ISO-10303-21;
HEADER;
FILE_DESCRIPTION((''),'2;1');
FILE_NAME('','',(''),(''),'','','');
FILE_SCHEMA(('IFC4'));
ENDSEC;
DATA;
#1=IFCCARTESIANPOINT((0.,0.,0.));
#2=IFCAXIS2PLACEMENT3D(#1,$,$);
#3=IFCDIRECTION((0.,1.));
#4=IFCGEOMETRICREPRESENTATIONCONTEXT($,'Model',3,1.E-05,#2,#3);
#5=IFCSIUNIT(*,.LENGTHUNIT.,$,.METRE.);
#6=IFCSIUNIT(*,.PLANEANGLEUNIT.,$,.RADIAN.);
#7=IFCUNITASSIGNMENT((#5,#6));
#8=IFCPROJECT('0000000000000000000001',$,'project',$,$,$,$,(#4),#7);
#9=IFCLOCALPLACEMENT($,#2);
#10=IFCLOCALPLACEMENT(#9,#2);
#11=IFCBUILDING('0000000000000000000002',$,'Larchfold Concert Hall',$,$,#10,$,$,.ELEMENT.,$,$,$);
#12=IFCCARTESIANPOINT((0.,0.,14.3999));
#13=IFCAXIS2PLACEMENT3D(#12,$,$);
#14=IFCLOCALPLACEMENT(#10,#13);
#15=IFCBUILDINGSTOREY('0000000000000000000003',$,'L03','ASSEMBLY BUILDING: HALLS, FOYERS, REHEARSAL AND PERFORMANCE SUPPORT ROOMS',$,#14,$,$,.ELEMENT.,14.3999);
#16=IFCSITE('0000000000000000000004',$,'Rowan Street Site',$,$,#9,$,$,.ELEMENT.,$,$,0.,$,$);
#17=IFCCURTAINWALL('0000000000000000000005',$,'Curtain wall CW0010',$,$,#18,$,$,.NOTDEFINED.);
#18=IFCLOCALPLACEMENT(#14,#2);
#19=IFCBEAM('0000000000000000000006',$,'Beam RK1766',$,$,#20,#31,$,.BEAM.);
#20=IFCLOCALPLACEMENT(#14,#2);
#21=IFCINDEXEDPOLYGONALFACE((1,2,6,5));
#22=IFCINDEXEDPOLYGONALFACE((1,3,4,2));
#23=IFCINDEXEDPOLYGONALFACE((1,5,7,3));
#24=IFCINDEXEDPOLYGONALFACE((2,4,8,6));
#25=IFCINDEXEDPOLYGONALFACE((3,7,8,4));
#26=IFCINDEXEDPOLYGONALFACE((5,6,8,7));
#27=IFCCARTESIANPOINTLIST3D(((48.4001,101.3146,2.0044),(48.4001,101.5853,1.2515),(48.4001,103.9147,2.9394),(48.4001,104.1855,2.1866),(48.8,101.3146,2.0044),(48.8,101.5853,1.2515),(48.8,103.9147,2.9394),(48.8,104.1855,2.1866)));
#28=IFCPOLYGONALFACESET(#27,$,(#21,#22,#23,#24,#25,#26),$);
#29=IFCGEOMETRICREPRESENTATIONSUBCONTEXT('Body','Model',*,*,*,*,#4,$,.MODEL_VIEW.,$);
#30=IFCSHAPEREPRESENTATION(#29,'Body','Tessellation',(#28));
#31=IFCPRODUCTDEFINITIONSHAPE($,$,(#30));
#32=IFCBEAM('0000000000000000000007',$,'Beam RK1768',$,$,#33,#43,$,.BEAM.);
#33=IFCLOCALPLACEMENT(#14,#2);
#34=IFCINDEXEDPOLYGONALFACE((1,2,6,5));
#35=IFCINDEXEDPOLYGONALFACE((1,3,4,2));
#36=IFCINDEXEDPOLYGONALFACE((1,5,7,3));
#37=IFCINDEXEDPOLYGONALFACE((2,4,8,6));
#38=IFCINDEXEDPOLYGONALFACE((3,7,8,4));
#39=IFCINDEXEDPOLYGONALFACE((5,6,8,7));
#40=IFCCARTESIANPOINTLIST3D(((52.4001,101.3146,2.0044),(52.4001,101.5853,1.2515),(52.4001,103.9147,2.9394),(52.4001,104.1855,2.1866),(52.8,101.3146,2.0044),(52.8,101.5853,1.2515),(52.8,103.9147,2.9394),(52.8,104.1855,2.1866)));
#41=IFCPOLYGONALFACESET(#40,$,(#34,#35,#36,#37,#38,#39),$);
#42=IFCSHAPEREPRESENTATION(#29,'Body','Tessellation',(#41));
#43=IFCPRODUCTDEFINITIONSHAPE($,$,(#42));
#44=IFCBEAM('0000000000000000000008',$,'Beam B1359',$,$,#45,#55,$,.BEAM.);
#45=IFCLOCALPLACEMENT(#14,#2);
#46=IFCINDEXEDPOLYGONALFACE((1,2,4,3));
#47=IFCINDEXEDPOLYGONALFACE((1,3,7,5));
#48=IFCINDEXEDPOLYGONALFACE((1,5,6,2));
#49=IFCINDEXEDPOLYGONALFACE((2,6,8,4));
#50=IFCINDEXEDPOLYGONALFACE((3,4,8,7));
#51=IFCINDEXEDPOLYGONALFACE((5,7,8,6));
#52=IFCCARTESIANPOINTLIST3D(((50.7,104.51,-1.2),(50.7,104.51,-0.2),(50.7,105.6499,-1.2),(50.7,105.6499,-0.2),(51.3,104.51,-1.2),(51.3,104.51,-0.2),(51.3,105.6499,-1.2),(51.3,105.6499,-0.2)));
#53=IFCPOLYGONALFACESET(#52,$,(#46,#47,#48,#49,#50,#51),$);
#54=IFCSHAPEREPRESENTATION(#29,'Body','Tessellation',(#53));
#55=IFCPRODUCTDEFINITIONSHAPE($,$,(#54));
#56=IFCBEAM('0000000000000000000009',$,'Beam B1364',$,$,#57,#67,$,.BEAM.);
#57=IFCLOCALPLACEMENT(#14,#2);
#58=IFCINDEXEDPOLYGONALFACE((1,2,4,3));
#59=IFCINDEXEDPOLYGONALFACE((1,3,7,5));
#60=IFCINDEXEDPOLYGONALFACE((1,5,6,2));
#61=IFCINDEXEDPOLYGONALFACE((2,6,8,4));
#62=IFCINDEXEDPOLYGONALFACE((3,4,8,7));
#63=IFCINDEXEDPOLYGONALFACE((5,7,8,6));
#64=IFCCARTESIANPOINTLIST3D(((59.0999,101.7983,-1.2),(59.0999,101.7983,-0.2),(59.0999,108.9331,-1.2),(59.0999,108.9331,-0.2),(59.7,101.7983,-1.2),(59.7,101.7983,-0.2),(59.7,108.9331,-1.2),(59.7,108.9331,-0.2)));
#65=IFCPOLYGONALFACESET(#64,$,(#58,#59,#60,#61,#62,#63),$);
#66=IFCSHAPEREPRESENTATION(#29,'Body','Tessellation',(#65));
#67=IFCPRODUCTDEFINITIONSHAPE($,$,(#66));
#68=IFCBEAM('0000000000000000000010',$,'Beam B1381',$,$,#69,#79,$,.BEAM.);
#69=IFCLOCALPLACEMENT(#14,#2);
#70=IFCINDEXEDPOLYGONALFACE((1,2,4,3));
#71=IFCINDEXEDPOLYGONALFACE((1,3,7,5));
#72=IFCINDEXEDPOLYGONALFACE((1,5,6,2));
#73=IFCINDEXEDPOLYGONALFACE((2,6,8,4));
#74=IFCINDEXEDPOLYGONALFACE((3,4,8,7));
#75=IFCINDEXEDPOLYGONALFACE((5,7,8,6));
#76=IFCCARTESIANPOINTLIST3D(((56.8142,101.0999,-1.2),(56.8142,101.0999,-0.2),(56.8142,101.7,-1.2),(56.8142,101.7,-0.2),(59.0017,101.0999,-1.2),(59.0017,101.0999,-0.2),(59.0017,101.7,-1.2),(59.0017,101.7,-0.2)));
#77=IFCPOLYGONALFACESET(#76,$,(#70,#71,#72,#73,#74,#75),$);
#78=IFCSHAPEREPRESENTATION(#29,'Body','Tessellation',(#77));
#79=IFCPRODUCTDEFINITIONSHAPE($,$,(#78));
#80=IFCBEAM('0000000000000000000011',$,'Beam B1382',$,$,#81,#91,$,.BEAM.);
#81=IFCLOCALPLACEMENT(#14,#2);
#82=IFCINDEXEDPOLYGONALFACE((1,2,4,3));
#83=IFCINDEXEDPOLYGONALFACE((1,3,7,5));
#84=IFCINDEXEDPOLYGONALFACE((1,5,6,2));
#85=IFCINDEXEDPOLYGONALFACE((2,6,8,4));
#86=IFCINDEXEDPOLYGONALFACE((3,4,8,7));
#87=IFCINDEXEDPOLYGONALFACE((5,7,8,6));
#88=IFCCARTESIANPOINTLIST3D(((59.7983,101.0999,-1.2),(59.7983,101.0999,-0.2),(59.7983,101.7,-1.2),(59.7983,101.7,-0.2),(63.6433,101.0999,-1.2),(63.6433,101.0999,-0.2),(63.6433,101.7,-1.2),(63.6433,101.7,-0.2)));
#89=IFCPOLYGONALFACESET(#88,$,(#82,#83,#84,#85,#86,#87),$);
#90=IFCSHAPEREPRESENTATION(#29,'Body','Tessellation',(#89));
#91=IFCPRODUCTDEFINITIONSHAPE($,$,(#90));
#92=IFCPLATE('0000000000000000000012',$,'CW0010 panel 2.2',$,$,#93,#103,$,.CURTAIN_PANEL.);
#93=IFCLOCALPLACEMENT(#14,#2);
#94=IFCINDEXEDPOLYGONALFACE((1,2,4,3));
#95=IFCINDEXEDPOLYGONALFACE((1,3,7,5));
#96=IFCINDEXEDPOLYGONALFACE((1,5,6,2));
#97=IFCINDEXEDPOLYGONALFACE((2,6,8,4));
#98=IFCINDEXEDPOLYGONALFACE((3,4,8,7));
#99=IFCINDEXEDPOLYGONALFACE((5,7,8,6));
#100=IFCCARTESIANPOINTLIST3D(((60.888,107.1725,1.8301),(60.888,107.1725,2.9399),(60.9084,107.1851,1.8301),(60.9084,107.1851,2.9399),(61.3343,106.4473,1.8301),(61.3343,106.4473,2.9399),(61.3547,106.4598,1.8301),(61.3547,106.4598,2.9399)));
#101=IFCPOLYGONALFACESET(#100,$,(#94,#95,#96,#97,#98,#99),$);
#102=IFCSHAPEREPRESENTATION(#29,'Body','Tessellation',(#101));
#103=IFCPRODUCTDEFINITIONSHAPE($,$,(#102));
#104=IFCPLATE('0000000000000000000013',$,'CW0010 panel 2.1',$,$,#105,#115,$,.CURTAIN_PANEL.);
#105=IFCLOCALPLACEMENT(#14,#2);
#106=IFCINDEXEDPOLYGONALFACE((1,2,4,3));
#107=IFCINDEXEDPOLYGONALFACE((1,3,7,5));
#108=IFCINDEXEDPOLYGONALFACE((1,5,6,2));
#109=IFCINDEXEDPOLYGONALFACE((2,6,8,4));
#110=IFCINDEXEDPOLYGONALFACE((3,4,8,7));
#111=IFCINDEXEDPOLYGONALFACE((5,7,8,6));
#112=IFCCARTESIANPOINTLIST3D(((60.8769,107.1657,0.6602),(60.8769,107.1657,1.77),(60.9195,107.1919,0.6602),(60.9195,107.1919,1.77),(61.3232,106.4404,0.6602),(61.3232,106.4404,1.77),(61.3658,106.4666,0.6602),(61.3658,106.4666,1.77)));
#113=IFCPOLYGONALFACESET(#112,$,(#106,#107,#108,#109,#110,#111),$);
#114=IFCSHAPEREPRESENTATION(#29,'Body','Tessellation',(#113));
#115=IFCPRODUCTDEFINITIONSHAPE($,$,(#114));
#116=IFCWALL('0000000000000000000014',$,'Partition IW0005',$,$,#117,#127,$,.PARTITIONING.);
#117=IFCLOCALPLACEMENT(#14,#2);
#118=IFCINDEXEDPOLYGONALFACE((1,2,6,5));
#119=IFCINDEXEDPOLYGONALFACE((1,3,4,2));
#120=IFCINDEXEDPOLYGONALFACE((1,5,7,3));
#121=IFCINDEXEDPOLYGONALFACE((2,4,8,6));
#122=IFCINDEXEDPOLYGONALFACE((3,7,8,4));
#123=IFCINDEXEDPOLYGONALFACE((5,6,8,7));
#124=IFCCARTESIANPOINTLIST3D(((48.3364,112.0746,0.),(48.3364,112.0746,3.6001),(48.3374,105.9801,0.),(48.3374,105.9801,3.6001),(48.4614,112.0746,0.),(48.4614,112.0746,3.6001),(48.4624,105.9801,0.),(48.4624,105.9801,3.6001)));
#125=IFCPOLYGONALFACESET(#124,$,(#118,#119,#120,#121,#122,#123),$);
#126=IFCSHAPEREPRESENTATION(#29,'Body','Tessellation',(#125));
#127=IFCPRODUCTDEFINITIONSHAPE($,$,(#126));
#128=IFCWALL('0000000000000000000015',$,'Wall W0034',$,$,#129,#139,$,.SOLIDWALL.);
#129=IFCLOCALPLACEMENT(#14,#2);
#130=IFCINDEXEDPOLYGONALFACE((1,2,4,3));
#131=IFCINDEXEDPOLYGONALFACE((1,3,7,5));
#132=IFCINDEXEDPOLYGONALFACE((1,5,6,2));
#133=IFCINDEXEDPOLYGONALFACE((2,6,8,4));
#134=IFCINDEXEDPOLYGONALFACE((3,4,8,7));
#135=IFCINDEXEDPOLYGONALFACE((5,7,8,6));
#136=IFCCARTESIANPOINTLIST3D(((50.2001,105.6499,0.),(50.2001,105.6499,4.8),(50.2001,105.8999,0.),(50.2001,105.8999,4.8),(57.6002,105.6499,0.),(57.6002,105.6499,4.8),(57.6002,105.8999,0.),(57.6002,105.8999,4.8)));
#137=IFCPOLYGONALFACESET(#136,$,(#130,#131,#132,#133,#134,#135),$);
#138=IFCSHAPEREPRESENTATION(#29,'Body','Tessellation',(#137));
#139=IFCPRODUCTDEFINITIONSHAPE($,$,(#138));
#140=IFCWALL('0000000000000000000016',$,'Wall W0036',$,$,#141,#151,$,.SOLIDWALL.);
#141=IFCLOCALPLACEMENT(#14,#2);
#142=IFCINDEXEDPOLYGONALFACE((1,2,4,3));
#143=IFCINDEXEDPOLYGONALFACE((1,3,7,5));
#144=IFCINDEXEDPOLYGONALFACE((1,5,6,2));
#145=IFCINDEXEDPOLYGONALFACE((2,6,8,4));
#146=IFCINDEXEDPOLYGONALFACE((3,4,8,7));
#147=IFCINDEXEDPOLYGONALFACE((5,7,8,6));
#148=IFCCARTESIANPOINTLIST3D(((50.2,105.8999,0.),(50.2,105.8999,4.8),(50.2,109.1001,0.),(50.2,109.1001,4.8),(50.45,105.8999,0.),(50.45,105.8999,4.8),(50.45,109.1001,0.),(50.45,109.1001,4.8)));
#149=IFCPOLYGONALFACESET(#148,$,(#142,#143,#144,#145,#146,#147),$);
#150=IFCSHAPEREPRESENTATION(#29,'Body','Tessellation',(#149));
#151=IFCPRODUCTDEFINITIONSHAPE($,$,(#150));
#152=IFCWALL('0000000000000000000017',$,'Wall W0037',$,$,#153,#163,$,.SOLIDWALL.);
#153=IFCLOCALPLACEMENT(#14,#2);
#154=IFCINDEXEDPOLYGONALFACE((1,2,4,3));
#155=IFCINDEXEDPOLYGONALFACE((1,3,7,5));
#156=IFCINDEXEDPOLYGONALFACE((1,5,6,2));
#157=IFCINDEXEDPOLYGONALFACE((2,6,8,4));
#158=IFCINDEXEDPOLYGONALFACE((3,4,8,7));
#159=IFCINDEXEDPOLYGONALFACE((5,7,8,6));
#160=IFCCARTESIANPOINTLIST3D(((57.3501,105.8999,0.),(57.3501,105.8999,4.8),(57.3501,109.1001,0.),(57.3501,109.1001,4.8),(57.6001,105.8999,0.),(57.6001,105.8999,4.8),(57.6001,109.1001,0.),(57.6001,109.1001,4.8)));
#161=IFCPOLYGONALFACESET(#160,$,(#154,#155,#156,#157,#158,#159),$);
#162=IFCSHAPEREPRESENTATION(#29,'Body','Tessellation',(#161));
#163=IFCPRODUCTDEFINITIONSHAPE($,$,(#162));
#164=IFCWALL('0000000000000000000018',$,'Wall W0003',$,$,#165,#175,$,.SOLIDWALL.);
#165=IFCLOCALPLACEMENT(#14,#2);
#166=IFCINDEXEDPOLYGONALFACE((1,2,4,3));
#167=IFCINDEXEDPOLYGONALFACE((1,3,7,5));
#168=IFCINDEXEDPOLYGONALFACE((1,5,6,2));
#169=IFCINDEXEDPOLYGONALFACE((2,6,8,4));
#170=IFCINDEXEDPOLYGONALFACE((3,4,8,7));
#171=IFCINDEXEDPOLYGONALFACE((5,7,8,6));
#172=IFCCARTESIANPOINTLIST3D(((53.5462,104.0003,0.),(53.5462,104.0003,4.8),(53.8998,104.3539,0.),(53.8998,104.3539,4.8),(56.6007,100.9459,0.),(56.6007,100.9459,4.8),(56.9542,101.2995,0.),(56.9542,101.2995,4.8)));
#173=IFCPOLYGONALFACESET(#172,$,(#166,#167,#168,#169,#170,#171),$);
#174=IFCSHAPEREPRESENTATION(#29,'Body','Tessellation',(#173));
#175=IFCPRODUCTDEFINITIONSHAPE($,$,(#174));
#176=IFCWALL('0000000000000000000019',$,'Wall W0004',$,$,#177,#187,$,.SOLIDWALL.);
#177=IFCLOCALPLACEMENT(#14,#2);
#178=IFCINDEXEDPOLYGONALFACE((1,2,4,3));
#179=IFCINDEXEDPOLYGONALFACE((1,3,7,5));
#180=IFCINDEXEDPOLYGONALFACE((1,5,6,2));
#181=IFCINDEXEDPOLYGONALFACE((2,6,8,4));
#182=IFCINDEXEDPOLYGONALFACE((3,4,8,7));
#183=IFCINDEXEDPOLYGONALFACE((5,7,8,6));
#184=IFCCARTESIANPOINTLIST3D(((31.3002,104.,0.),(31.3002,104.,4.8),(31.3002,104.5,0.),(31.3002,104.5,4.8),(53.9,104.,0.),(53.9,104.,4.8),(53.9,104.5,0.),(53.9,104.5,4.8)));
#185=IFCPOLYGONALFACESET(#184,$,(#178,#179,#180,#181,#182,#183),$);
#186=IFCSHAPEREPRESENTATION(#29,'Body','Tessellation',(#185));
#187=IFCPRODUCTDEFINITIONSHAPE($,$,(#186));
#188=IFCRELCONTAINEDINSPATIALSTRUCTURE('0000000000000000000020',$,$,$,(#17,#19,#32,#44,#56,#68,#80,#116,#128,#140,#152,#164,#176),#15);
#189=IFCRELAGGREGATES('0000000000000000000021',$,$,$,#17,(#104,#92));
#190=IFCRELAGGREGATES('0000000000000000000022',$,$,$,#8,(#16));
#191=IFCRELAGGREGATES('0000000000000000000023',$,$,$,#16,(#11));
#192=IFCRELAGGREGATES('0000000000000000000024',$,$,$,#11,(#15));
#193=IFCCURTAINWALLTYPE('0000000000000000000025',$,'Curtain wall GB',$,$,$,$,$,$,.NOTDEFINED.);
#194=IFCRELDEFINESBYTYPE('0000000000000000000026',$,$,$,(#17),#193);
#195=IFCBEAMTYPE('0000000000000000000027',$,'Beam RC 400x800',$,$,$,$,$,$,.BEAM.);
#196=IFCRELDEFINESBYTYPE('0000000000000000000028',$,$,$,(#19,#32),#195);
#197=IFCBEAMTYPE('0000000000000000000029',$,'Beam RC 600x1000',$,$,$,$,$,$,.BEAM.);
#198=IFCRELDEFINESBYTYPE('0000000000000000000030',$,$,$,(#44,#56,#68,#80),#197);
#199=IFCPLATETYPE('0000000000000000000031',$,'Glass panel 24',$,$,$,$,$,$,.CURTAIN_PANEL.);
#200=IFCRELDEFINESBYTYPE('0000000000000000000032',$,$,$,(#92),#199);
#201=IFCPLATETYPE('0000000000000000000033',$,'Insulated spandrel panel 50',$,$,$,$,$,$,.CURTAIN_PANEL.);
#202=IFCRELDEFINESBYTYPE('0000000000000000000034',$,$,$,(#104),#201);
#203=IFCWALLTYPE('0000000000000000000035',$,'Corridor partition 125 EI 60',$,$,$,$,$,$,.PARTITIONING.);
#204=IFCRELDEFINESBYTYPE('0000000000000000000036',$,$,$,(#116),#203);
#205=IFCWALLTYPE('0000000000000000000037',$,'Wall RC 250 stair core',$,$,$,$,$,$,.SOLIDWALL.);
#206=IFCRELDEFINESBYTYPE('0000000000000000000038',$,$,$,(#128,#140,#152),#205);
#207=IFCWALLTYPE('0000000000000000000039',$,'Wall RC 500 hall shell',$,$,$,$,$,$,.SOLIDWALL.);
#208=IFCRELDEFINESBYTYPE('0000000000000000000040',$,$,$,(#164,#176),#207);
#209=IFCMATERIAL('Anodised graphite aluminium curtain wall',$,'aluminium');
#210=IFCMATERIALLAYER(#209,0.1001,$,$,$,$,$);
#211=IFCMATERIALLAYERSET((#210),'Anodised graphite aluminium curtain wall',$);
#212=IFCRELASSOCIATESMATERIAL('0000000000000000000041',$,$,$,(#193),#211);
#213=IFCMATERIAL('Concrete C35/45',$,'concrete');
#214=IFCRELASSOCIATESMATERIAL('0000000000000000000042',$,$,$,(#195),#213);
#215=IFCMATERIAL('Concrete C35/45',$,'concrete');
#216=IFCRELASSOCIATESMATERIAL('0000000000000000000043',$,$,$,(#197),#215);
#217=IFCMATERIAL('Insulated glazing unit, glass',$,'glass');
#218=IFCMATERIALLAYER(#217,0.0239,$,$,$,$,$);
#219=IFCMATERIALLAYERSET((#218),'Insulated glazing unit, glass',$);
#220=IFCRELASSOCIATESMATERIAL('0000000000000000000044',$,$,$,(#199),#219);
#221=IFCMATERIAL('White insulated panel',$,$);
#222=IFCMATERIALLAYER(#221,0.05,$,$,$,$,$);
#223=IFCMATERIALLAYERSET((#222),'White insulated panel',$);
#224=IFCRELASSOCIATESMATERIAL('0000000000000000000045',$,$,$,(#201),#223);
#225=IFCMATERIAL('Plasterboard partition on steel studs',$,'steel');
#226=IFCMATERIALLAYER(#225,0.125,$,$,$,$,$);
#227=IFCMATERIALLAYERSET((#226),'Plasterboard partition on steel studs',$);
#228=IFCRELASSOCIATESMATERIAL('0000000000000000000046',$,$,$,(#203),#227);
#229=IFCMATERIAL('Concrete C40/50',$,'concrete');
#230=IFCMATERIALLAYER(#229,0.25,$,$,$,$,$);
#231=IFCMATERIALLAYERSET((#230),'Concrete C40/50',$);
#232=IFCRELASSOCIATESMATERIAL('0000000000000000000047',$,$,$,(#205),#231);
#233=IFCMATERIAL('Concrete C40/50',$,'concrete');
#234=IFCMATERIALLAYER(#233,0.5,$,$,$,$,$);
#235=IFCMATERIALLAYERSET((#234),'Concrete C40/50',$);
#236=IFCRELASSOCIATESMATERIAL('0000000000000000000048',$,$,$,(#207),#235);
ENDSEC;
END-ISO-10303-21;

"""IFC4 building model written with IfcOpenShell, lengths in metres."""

from ifc_helpers import new_model, si_unit, direction, frame, frame_2d, origin, origin_2d, place, context, subcontext, project, spatial, rectangle, extrude, material, layer, layer_set, material_profile, profile_set, type_object, element, aggregate, save


model = new_model("IFC4")

# Units and contexts
model_context = context("Model", 3, precision=1e-05, world=origin(), true_north=direction((0.0, 1.0)))
body_context = subcontext(model_context, "Body", "Model", "MODEL_VIEW")
ifc_project = project(units=[si_unit("LENGTHUNIT", "METRE"), si_unit("PLANEANGLEUNIT", "RADIAN")], contexts=[model_context])

# Site, building, storey
site_placement = place(None, origin())
site = spatial("IfcSite", under=ifc_project, at=site_placement, Name="Rowan Street Site", CompositionType="ELEMENT", RefElevation=0.0)
building_placement = place(site_placement, origin())
building = spatial("IfcBuilding", under=site, at=building_placement, Name="Larchfold Concert Hall", CompositionType="ELEMENT")
storey_placement = place(building_placement, frame((0.0, 0.0, 14.3999)))
storey = spatial("IfcBuildingStorey", under=building, at=storey_placement, Name="L03", Description="ASSEMBLY BUILDING: HALLS, FOYERS, REHEARSAL AND PERFORMANCE SUPPORT ROOMS", CompositionType="ELEMENT", Elevation=14.3999)

# Curtain wall
ifc_material_1 = material(Name="Anodised graphite aluminium curtain wall", Category="aluminium")
ifc_layer_1 = layer(ifc_material_1, 0.1001)
ifc_layer_set_1 = layer_set([ifc_layer_1], Name="Anodised graphite aluminium curtain wall")
curtain_wall_type = type_object("IfcCurtainWallType", Name="Curtain wall GB", PredefinedType="NOTDEFINED", material=ifc_layer_set_1)
curtain_wall_placement = place(storey_placement, origin())
curtain_wall = element("IfcCurtainWall", 1, at=curtain_wall_placement, inside=storey, type_object=curtain_wall_type, Name="Curtain wall CW0010", PredefinedType="NOTDEFINED")

# Beams
ifc_material_2 = material(Name="Concrete C35/45", Category="concrete")
ifc_material_profile_1 = material_profile(ifc_material_2, rectangle(XDim=0.3999, YDim=0.8, at=origin_2d()))
ifc_profile_set_1 = profile_set([ifc_material_profile_1], Name="Concrete C35/45")
beam_type_1 = type_object("IfcBeamType", Name="Beam RC 400x800", PredefinedType="BEAM", material=ifc_profile_set_1)
for number, where, z_axis, x_axis, name in (
    (2, (48.6001, 101.45, 1.6279), (0.0, 0.941, 0.338407), (-1.0, 0.0, 0.0), "Beam RK1766"),
    (3, (52.6001, 101.45, 1.6279), (0.0, 0.941, 0.338407), (-1.0, 0.0, 0.0), "Beam RK1768"),
):
    element("IfcBeam", number, at=place(storey_placement, frame(where, z_axis=z_axis, x_axis=x_axis)), inside=storey, type_object=beam_type_1, Name=name, PredefinedType="BEAM", context=body_context, shape_type="SweptSolid", body=[
        extrude(rectangle(XDim=0.3999, YDim=0.8, at=origin_2d()), origin(), (0.0, 0.0, 1.0), 2.7632),
    ])
ifc_material_3 = material(Name="Concrete C35/45", Category="concrete")
ifc_material_profile_2 = material_profile(ifc_material_3, rectangle(XDim=0.6001, YDim=1.0, at=origin_2d()))
ifc_profile_set_2 = profile_set([ifc_material_profile_2], Name="Concrete C35/45")
beam_type_2 = type_object("IfcBeamType", Name="Beam RC 600x1000", PredefinedType="BEAM", material=ifc_profile_set_2)
beam_1_placement = place(storey_placement, frame((51.0, 104.51, -0.7), z_axis=(0.0, 1.0, 0.0), x_axis=(-1.0, 0.0, 0.0)))
element("IfcBeam", 4, at=beam_1_placement, inside=storey, type_object=beam_type_2, Name="Beam B1359", PredefinedType="BEAM", context=body_context, shape_type="SweptSolid", body=[
    extrude(rectangle(XDim=0.6001, YDim=1.0, at=origin_2d()), origin(), (0.0, 0.0, 1.0), 1.1399),
])
beam_2_placement = place(storey_placement, frame((59.3999, 101.7983, -0.7), z_axis=(0.0, 1.0, 0.0), x_axis=(-1.0, 0.0, 0.0)))
element("IfcBeam", 5, at=beam_2_placement, inside=storey, type_object=beam_type_2, Name="Beam B1364", PredefinedType="BEAM", context=body_context, shape_type="SweptSolid", body=[
    extrude(rectangle(XDim=0.6001, YDim=1.0, at=origin_2d()), origin(), (0.0, 0.0, 1.0), 7.1348),
])
beam_3_placement = place(storey_placement, frame((56.8142, 101.3999, -0.7), z_axis=(1.0, 0.0, 0.0), x_axis=(0.0, 1.0, 0.0)))
element("IfcBeam", 6, at=beam_3_placement, inside=storey, type_object=beam_type_2, Name="Beam B1381", PredefinedType="BEAM", context=body_context, shape_type="SweptSolid", body=[
    extrude(rectangle(XDim=0.6001, YDim=1.0, at=origin_2d()), origin(), (0.0, 0.0, 1.0), 2.1875),
])
beam_4_placement = place(storey_placement, frame((59.7983, 101.3999, -0.7), z_axis=(1.0, 0.0, 0.0), x_axis=(0.0, 1.0, 0.0)))
element("IfcBeam", 7, at=beam_4_placement, inside=storey, type_object=beam_type_2, Name="Beam B1382", PredefinedType="BEAM", context=body_context, shape_type="SweptSolid", body=[
    extrude(rectangle(XDim=0.6001, YDim=1.0, at=origin_2d()), origin(), (0.0, 0.0, 1.0), 3.845),
])

# Plates
ifc_material_4 = material(Name="Insulated glazing unit, glass", Category="glass")
ifc_layer_2 = layer(ifc_material_4, 0.0239)
ifc_layer_set_2 = layer_set([ifc_layer_2], Name="Insulated glazing unit, glass")
plate_type_1 = type_object("IfcPlateType", Name="Glass panel 24", PredefinedType="CURTAIN_PANEL", material=ifc_layer_set_2)
plate_1_placement = place(storey_placement, frame((61.1213, 106.8162, 1.8301), z_axis=(0.0, 0.0, 1.0), x_axis=(-0.524054, 0.851685, 0.0)))
plate_1 = element("IfcPlate", 8, at=plate_1_placement, type_object=plate_type_1, Name="CW0010 panel 2.2", PredefinedType="CURTAIN_PANEL", context=body_context, shape_type="SweptSolid", body=[
    extrude(rectangle(XDim=0.8516, YDim=0.0239, at=origin_2d()), origin(), (0.0, 0.0, 1.0), 1.1099),
])
ifc_material_5 = material(Name="White insulated panel")
ifc_layer_3 = layer(ifc_material_5, 0.05)
ifc_layer_set_3 = layer_set([ifc_layer_3], Name="White insulated panel")
plate_type_2 = type_object("IfcPlateType", Name="Insulated spandrel panel 50", PredefinedType="CURTAIN_PANEL", material=ifc_layer_set_3)
plate_2_placement = place(storey_placement, frame((61.1213, 106.8162, 0.6602), z_axis=(0.0, 0.0, 1.0), x_axis=(-0.524054, 0.851685, 0.0)))
plate_2 = element("IfcPlate", 9, at=plate_2_placement, type_object=plate_type_2, Name="CW0010 panel 2.1", PredefinedType="CURTAIN_PANEL", context=body_context, shape_type="SweptSolid", body=[
    extrude(rectangle(XDim=0.8516, YDim=0.05, at=origin_2d()), origin(), (0.0, 0.0, 1.0), 1.1099),
])
aggregate(curtain_wall, [plate_2, plate_1])

# Walls
ifc_material_6 = material(Name="Plasterboard partition on steel studs", Category="steel")
ifc_layer_4 = layer(ifc_material_6, 0.125)
ifc_layer_set_4 = layer_set([ifc_layer_4], Name="Plasterboard partition on steel studs")
wall_type_1 = type_object("IfcWallType", Name="Corridor partition 125 EI 60", PredefinedType="PARTITIONING", material=ifc_layer_set_4)
wall_1_placement = place(storey_placement, frame((48.3999, 105.98, 0.0), z_axis=(0.0, 0.0, 1.0), x_axis=(-0.00016, 1.0, 0.0)))
element("IfcWall", 10, at=wall_1_placement, inside=storey, type_object=wall_type_1, Name="Partition IW0005", PredefinedType="PARTITIONING", context=body_context, shape_type="SweptSolid", body=[
    extrude(rectangle(XDim=6.0945, YDim=0.125, at=frame_2d((3.0474, 0.0))), origin(), (0.0, 0.0, 1.0), 3.6001),
])
ifc_material_7 = material(Name="Concrete C40/50", Category="concrete")
ifc_layer_5 = layer(ifc_material_7, 0.25)
ifc_layer_set_5 = layer_set([ifc_layer_5], Name="Concrete C40/50")
wall_type_2 = type_object("IfcWallType", Name="Wall RC 250 stair core", PredefinedType="SOLIDWALL", material=ifc_layer_set_5)
wall_2_placement = place(storey_placement, frame((50.2, 105.7749, 0.0), z_axis=(0.0, 0.0, 1.0), x_axis=(1.0, 0.0, 0.0)))
element("IfcWall", 11, at=wall_2_placement, inside=storey, type_object=wall_type_2, Name="Wall W0034", PredefinedType="SOLIDWALL", context=body_context, shape_type="SweptSolid", body=[
    extrude(rectangle(XDim=7.4001, YDim=0.25, at=frame_2d((3.7002, 0.0))), origin(), (0.0, 0.0, 1.0), 4.8),
])
for number, where, z_axis, x_axis, name in (
    (12, (50.325, 105.8999, 0.0), (0.0, 0.0, 1.0), (0.0, 1.0, 0.0), "Wall W0036"),
    (13, (57.4751, 105.8999, 0.0), (0.0, 0.0, 1.0), (0.0, 1.0, 0.0), "Wall W0037"),
):
    element("IfcWall", number, at=place(storey_placement, frame(where, z_axis=z_axis, x_axis=x_axis)), inside=storey, type_object=wall_type_2, Name=name, PredefinedType="SOLIDWALL", context=body_context, shape_type="SweptSolid", body=[
        extrude(rectangle(XDim=3.2002, YDim=0.25, at=frame_2d((1.6001, 0.0))), origin(), (0.0, 0.0, 1.0), 4.8),
    ])
ifc_material_8 = material(Name="Concrete C40/50", Category="concrete")
ifc_layer_6 = layer(ifc_material_8, 0.5)
ifc_layer_set_6 = layer_set([ifc_layer_6], Name="Concrete C40/50")
wall_type_3 = type_object("IfcWallType", Name="Wall RC 500 hall shell", PredefinedType="SOLIDWALL", material=ifc_layer_set_6)
wall_3_placement = place(storey_placement, frame((56.7773, 101.1228, 0.0), z_axis=(0.0, 0.0, 1.0), x_axis=(-0.707107, 0.707107, 0.0)))
element("IfcWall", 14, at=wall_3_placement, inside=storey, type_object=wall_type_3, Name="Wall W0003", PredefinedType="SOLIDWALL", context=body_context, shape_type="SweptSolid", body=[
    extrude(rectangle(XDim=4.3196, YDim=0.5, at=frame_2d((2.1597, 0.0))), origin(), (0.0, 0.0, 1.0), 4.8),
])
wall_4_placement = place(storey_placement, frame((53.8999, 104.25, 0.0), z_axis=(0.0, 0.0, 1.0), x_axis=(-1.0, 0.0, 0.0)))
element("IfcWall", 15, at=wall_4_placement, inside=storey, type_object=wall_type_3, Name="Wall W0004", PredefinedType="SOLIDWALL", context=body_context, shape_type="SweptSolid", body=[
    extrude(rectangle(XDim=22.5999, YDim=0.5, at=frame_2d((11.2998, 0.0))), origin(), (0.0, 0.0, 1.0), 4.8),
])

save(model, "model.ifc")
